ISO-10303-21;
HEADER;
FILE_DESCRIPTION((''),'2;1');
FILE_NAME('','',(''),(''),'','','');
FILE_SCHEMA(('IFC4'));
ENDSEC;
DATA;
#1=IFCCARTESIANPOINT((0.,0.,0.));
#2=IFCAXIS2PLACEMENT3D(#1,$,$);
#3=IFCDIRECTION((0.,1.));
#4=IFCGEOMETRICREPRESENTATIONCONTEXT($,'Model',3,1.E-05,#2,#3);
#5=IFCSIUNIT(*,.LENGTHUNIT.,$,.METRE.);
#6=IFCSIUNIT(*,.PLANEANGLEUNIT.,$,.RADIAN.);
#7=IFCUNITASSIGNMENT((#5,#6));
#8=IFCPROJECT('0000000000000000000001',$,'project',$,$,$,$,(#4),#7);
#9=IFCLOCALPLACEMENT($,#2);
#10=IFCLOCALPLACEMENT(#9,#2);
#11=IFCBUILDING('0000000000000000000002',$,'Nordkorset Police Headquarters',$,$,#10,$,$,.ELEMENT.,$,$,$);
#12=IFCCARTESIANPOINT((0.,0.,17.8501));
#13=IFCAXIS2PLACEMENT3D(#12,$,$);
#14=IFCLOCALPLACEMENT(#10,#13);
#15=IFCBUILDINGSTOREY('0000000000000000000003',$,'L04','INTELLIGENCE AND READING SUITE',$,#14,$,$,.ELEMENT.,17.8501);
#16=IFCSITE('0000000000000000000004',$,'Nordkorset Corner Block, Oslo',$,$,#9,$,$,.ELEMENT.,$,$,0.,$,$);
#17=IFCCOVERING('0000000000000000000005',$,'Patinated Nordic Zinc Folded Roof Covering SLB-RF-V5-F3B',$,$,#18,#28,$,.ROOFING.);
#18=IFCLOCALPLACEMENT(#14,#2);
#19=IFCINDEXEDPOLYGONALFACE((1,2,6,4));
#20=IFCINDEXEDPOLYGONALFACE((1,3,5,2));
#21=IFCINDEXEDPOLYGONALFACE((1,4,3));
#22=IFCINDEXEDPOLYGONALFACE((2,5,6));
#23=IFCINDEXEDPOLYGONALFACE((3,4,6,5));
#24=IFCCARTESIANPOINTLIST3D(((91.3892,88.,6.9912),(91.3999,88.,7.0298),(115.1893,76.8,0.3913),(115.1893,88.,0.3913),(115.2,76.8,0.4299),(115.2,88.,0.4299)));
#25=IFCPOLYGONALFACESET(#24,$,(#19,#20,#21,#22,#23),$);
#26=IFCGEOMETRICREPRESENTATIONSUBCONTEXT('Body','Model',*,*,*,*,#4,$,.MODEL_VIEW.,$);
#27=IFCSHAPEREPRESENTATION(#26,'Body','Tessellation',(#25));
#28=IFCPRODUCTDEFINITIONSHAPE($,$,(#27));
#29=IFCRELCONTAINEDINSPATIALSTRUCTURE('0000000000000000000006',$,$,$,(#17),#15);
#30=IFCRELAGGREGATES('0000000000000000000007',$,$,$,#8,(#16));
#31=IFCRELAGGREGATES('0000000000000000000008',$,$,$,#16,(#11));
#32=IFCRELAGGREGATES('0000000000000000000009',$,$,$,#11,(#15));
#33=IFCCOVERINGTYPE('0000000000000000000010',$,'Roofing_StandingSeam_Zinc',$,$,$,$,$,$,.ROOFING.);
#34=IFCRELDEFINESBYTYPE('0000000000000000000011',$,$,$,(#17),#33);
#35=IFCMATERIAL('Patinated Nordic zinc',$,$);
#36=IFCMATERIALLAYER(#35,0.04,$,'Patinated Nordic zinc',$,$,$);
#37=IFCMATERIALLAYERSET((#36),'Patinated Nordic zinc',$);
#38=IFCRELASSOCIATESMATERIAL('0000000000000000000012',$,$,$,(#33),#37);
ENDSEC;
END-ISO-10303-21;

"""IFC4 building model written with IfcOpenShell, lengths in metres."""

from ifc_helpers import new_model, si_unit, direction, frame, origin, place, context, subcontext, project, spatial, polyline, outline, extrude, material, layer, layer_set, type_object, element, save


model = new_model("IFC4")

# Units and contexts
model_context = context("Model", 3, precision=1e-05, world=origin(), true_north=direction((0.0, 1.0)))
body_context = subcontext(model_context, "Body", "Model", "MODEL_VIEW")
ifc_project = project(units=[si_unit("LENGTHUNIT", "METRE"), si_unit("PLANEANGLEUNIT", "RADIAN")], contexts=[model_context])

# Site, building, storey
site_placement = place(None, origin())
site = spatial("IfcSite", under=ifc_project, at=site_placement, Name="Nordkorset Corner Block, Oslo", CompositionType="ELEMENT", RefElevation=0.0)
building_placement = place(site_placement, origin())
building = spatial("IfcBuilding", under=site, at=building_placement, Name="Nordkorset Police Headquarters", CompositionType="ELEMENT")
storey_placement = place(building_placement, frame((0.0, 0.0, 17.8501)))
storey = spatial("IfcBuildingStorey", under=building, at=storey_placement, Name="L04", Description="INTELLIGENCE AND READING SUITE", CompositionType="ELEMENT", Elevation=17.8501)

# Covering
ifc_material_1 = material(Name="Patinated Nordic zinc")
ifc_layer_1 = layer(ifc_material_1, 0.04, Name="Patinated Nordic zinc")
ifc_layer_set_1 = layer_set([ifc_layer_1], Name="Patinated Nordic zinc")
covering_type = type_object("IfcCoveringType", Name="Roofing_StandingSeam_Zinc", PredefinedType="ROOFING", material=ifc_layer_set_1)
covering_placement = place(storey_placement, frame((115.2, 76.8, 0.4299), z_axis=(0.26722, 0.0, 0.963636), x_axis=(0.0, 1.0, 0.0)))
element("IfcCovering", 1, at=covering_placement, inside=storey, type_object=covering_type, Name="Patinated Nordic Zinc Folded Roof Covering SLB-RF-V5-F3B", PredefinedType="ROOFING", context=body_context, shape_type="SweptSolid", body=[
    extrude(outline(polyline([(0.0, 0.0), (11.2, 0.0), (11.2, 24.6982), (0.0, 0.0)])), origin(), (0.0, 0.0, -1.0), 0.04),
])

save(model, "model.ifc")
